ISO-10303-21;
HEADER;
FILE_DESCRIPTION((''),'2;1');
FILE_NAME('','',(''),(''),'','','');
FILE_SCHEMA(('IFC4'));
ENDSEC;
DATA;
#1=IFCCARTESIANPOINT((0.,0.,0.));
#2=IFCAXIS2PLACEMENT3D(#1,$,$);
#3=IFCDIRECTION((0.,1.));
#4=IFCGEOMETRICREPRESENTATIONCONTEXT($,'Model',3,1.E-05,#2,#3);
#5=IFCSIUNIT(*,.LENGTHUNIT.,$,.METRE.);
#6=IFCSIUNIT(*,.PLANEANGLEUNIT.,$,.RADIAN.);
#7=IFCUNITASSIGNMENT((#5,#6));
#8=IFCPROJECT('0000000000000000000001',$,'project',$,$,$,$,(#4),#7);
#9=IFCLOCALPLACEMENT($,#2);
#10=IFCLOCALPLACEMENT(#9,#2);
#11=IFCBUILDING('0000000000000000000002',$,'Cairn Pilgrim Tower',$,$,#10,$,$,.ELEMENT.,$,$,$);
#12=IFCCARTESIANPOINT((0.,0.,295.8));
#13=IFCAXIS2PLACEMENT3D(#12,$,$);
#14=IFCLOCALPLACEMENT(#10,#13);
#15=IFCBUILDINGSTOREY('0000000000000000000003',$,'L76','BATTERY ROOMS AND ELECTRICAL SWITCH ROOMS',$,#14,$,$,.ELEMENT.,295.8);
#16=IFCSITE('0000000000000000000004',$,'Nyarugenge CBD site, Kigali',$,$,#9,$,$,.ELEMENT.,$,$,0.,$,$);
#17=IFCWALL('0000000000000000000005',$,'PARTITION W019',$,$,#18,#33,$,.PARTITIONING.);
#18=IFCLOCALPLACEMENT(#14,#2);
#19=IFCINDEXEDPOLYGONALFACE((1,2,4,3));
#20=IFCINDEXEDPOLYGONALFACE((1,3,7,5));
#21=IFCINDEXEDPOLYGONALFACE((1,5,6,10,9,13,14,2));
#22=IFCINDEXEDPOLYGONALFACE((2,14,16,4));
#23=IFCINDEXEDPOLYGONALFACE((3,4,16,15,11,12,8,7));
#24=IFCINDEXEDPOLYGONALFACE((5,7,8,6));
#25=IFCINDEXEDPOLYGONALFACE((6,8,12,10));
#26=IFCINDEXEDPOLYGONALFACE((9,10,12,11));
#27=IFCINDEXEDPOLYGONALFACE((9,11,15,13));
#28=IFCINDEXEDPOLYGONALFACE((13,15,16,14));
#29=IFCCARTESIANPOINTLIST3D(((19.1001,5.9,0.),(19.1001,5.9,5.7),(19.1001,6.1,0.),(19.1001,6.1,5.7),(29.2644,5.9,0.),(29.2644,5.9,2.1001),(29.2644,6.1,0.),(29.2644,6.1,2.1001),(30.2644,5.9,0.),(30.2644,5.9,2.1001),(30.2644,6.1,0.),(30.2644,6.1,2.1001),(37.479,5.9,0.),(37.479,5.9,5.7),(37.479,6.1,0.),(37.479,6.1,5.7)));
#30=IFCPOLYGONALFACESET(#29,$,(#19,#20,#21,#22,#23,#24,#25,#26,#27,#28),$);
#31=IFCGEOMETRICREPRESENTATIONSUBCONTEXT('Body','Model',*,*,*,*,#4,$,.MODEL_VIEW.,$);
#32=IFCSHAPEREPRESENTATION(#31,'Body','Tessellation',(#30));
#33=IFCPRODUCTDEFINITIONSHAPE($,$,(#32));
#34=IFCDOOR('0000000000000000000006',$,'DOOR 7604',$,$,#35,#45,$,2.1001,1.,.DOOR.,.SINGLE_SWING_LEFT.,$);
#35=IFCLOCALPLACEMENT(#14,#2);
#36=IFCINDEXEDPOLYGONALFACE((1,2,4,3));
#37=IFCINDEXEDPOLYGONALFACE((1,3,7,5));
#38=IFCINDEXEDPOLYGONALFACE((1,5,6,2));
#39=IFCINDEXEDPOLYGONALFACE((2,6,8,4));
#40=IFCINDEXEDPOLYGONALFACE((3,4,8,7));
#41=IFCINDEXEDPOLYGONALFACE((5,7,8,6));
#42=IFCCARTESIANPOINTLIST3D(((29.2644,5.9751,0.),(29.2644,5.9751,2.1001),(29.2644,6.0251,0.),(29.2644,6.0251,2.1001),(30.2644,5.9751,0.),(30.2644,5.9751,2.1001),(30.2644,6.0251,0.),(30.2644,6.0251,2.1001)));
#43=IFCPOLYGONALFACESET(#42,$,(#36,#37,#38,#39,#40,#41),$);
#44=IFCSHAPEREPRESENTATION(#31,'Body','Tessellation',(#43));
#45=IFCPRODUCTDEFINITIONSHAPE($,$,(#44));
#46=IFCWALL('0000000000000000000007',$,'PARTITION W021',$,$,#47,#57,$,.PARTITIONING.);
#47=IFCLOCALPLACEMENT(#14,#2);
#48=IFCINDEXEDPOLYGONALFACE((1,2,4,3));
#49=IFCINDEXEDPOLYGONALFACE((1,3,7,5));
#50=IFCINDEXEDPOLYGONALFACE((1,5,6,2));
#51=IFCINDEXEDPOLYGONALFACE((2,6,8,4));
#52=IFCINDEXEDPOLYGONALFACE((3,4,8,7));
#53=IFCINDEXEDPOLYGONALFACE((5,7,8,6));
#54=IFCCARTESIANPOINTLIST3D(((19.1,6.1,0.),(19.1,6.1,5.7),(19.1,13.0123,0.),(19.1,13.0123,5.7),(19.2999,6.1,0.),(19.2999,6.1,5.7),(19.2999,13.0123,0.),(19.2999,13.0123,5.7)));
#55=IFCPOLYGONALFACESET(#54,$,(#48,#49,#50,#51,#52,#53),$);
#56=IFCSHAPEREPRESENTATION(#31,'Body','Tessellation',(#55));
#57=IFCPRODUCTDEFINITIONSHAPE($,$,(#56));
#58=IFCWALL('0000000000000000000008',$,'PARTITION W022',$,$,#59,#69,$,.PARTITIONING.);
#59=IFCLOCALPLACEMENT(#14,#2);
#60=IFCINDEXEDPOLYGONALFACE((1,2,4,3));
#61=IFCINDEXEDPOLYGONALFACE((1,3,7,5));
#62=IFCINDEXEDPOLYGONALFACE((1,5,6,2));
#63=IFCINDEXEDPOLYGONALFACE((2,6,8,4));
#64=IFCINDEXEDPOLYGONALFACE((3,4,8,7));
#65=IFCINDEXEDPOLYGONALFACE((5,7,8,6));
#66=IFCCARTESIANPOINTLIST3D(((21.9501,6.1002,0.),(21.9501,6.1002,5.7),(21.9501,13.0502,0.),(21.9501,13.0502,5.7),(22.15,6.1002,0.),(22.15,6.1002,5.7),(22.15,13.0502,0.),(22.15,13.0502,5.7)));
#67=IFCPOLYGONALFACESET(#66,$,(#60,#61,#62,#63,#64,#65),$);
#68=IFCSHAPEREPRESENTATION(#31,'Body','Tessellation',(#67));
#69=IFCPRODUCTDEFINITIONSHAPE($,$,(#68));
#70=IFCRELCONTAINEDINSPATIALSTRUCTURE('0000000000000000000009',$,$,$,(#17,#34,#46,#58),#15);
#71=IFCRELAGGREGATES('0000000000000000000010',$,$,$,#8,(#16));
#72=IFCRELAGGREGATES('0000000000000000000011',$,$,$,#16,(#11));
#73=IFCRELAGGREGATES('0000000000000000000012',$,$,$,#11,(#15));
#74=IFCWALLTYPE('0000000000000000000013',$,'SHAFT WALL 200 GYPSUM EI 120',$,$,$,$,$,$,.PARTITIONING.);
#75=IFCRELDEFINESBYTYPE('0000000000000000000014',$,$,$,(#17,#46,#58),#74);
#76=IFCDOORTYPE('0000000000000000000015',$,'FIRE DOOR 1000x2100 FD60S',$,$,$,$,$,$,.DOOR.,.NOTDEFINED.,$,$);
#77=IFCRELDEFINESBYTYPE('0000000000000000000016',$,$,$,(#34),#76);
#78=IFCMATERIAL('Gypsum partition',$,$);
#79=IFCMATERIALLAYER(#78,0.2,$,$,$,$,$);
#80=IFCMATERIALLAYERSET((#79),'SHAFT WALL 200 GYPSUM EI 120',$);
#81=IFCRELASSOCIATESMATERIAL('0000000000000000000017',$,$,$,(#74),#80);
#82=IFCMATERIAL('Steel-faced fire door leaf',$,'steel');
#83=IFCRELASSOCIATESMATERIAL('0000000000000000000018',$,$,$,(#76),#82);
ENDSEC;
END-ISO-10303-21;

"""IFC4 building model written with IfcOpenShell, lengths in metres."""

from ifc_helpers import new_model, si_unit, direction, frame, frame_2d, origin, place, context, subcontext, project, spatial, rectangle, extrude, material, layer, layer_set, type_object, element, fill, save


model = new_model("IFC4")

# Units and contexts
model_context = context("Model", 3, precision=1e-05, world=origin(), true_north=direction((0.0, 1.0)))
body_context = subcontext(model_context, "Body", "Model", "MODEL_VIEW")
ifc_project = project(units=[si_unit("LENGTHUNIT", "METRE"), si_unit("PLANEANGLEUNIT", "RADIAN")], contexts=[model_context])

# Site, building, storey
site_placement = place(None, origin())
site = spatial("IfcSite", under=ifc_project, at=site_placement, Name="Nyarugenge CBD site, Kigali", CompositionType="ELEMENT", RefElevation=0.0)
building_placement = place(site_placement, origin())
building = spatial("IfcBuilding", under=site, at=building_placement, Name="Cairn Pilgrim Tower", CompositionType="ELEMENT")
storey_placement = place(building_placement, frame((0.0, 0.0, 295.8)))
storey = spatial("IfcBuildingStorey", under=building, at=storey_placement, Name="L76", Description="BATTERY ROOMS AND ELECTRICAL SWITCH ROOMS", CompositionType="ELEMENT", Elevation=295.8)

# Shared definitions
ifc_material_1 = material(Name="Gypsum partition")
ifc_layer_1 = layer(ifc_material_1, 0.2)
ifc_layer_set_1 = layer_set([ifc_layer_1], Name="SHAFT WALL 200 GYPSUM EI 120")
wall_type_1 = type_object("IfcWallType", Name="SHAFT WALL 200 GYPSUM EI 120", PredefinedType="PARTITIONING", material=ifc_layer_set_1)

# Wall, opening, door
ifc_material_2 = material(Name="Steel-faced fire door leaf", Category="steel")
door_type = type_object("IfcDoorType", Name="FIRE DOOR 1000x2100 FD60S", OperationType="NOTDEFINED", PredefinedType="DOOR", material=ifc_material_2)
wall_1_placement = place(storey_placement, frame((19.1001, 6.0, 0.0), z_axis=(0.0, 0.0, 1.0), x_axis=(1.0, 0.0, 0.0)))
wall_1 = element("IfcWall", 1, at=wall_1_placement, inside=storey, type_object=wall_type_1, Name="PARTITION W019", PredefinedType="PARTITIONING", context=body_context, shape_type="SweptSolid", body=[
    extrude(rectangle(XDim=18.3789, YDim=0.2, at=frame_2d((9.1895, 0.0))), origin(), (0.0, 0.0, 1.0), 5.7),
])
opening_1_placement = place(wall_1_placement, frame((10.1643, 0.0, 0.0)))
opening_1 = element("IfcOpeningElement", 2, at=opening_1_placement, cuts=wall_1, PredefinedType="OPENING", context=body_context, shape_type="SweptSolid", body=[
    extrude(rectangle(XDim=1.0, YDim=2.1001, at=frame_2d((0.5, 1.05))), frame((0.0, 0.1099, 0.0), z_axis=(0.0, -1.0, 0.0), x_axis=(1.0, 0.0, 0.0)), (0.0, 0.0, 1.0), 0.22),
])
door_1_placement = place(opening_1_placement, frame((1.0, 0.0, 0.0), z_axis=(0.0, 0.0, 1.0), x_axis=(-1.0, 0.0, 0.0)))
door_1 = element("IfcDoor", 3, at=door_1_placement, inside=storey, type_object=door_type, Name="DOOR 7604", OperationType="SINGLE_SWING_LEFT", OverallHeight=2.1001, OverallWidth=1.0, PredefinedType="DOOR", context=body_context, shape_type="SweptSolid", body=[
    extrude(rectangle(XDim=1.0, YDim=2.1001, at=frame_2d((0.5, 1.05))), frame((0.0, 0.0249, 0.0), z_axis=(0.0, -1.0, 0.0), x_axis=(1.0, 0.0, 0.0)), (0.0, 0.0, 1.0), 0.05),
])
fill(opening_1, door_1)

# Walls
wall_2_placement = place(storey_placement, frame((19.2, 6.1001, 0.0), z_axis=(0.0, 0.0, 1.0), x_axis=(0.0, 1.0, 0.0)))
element("IfcWall", 4, at=wall_2_placement, inside=storey, type_object=wall_type_1, Name="PARTITION W021", PredefinedType="PARTITIONING", context=body_context, shape_type="SweptSolid", body=[
    extrude(rectangle(XDim=6.9124, YDim=0.2, at=frame_2d((3.4561, 0.0))), origin(), (0.0, 0.0, 1.0), 5.7),
])
wall_3_placement = place(storey_placement, frame((22.05, 6.1001, 0.0), z_axis=(0.0, 0.0, 1.0), x_axis=(0.0, 1.0, 0.0)))
element("IfcWall", 5, at=wall_3_placement, inside=storey, type_object=wall_type_1, Name="PARTITION W022", PredefinedType="PARTITIONING", context=body_context, shape_type="SweptSolid", body=[
    extrude(rectangle(XDim=6.95, YDim=0.2, at=frame_2d((3.4751, 0.0))), origin(), (0.0, 0.0, 1.0), 5.7),
])

save(model, "model.ifc")
